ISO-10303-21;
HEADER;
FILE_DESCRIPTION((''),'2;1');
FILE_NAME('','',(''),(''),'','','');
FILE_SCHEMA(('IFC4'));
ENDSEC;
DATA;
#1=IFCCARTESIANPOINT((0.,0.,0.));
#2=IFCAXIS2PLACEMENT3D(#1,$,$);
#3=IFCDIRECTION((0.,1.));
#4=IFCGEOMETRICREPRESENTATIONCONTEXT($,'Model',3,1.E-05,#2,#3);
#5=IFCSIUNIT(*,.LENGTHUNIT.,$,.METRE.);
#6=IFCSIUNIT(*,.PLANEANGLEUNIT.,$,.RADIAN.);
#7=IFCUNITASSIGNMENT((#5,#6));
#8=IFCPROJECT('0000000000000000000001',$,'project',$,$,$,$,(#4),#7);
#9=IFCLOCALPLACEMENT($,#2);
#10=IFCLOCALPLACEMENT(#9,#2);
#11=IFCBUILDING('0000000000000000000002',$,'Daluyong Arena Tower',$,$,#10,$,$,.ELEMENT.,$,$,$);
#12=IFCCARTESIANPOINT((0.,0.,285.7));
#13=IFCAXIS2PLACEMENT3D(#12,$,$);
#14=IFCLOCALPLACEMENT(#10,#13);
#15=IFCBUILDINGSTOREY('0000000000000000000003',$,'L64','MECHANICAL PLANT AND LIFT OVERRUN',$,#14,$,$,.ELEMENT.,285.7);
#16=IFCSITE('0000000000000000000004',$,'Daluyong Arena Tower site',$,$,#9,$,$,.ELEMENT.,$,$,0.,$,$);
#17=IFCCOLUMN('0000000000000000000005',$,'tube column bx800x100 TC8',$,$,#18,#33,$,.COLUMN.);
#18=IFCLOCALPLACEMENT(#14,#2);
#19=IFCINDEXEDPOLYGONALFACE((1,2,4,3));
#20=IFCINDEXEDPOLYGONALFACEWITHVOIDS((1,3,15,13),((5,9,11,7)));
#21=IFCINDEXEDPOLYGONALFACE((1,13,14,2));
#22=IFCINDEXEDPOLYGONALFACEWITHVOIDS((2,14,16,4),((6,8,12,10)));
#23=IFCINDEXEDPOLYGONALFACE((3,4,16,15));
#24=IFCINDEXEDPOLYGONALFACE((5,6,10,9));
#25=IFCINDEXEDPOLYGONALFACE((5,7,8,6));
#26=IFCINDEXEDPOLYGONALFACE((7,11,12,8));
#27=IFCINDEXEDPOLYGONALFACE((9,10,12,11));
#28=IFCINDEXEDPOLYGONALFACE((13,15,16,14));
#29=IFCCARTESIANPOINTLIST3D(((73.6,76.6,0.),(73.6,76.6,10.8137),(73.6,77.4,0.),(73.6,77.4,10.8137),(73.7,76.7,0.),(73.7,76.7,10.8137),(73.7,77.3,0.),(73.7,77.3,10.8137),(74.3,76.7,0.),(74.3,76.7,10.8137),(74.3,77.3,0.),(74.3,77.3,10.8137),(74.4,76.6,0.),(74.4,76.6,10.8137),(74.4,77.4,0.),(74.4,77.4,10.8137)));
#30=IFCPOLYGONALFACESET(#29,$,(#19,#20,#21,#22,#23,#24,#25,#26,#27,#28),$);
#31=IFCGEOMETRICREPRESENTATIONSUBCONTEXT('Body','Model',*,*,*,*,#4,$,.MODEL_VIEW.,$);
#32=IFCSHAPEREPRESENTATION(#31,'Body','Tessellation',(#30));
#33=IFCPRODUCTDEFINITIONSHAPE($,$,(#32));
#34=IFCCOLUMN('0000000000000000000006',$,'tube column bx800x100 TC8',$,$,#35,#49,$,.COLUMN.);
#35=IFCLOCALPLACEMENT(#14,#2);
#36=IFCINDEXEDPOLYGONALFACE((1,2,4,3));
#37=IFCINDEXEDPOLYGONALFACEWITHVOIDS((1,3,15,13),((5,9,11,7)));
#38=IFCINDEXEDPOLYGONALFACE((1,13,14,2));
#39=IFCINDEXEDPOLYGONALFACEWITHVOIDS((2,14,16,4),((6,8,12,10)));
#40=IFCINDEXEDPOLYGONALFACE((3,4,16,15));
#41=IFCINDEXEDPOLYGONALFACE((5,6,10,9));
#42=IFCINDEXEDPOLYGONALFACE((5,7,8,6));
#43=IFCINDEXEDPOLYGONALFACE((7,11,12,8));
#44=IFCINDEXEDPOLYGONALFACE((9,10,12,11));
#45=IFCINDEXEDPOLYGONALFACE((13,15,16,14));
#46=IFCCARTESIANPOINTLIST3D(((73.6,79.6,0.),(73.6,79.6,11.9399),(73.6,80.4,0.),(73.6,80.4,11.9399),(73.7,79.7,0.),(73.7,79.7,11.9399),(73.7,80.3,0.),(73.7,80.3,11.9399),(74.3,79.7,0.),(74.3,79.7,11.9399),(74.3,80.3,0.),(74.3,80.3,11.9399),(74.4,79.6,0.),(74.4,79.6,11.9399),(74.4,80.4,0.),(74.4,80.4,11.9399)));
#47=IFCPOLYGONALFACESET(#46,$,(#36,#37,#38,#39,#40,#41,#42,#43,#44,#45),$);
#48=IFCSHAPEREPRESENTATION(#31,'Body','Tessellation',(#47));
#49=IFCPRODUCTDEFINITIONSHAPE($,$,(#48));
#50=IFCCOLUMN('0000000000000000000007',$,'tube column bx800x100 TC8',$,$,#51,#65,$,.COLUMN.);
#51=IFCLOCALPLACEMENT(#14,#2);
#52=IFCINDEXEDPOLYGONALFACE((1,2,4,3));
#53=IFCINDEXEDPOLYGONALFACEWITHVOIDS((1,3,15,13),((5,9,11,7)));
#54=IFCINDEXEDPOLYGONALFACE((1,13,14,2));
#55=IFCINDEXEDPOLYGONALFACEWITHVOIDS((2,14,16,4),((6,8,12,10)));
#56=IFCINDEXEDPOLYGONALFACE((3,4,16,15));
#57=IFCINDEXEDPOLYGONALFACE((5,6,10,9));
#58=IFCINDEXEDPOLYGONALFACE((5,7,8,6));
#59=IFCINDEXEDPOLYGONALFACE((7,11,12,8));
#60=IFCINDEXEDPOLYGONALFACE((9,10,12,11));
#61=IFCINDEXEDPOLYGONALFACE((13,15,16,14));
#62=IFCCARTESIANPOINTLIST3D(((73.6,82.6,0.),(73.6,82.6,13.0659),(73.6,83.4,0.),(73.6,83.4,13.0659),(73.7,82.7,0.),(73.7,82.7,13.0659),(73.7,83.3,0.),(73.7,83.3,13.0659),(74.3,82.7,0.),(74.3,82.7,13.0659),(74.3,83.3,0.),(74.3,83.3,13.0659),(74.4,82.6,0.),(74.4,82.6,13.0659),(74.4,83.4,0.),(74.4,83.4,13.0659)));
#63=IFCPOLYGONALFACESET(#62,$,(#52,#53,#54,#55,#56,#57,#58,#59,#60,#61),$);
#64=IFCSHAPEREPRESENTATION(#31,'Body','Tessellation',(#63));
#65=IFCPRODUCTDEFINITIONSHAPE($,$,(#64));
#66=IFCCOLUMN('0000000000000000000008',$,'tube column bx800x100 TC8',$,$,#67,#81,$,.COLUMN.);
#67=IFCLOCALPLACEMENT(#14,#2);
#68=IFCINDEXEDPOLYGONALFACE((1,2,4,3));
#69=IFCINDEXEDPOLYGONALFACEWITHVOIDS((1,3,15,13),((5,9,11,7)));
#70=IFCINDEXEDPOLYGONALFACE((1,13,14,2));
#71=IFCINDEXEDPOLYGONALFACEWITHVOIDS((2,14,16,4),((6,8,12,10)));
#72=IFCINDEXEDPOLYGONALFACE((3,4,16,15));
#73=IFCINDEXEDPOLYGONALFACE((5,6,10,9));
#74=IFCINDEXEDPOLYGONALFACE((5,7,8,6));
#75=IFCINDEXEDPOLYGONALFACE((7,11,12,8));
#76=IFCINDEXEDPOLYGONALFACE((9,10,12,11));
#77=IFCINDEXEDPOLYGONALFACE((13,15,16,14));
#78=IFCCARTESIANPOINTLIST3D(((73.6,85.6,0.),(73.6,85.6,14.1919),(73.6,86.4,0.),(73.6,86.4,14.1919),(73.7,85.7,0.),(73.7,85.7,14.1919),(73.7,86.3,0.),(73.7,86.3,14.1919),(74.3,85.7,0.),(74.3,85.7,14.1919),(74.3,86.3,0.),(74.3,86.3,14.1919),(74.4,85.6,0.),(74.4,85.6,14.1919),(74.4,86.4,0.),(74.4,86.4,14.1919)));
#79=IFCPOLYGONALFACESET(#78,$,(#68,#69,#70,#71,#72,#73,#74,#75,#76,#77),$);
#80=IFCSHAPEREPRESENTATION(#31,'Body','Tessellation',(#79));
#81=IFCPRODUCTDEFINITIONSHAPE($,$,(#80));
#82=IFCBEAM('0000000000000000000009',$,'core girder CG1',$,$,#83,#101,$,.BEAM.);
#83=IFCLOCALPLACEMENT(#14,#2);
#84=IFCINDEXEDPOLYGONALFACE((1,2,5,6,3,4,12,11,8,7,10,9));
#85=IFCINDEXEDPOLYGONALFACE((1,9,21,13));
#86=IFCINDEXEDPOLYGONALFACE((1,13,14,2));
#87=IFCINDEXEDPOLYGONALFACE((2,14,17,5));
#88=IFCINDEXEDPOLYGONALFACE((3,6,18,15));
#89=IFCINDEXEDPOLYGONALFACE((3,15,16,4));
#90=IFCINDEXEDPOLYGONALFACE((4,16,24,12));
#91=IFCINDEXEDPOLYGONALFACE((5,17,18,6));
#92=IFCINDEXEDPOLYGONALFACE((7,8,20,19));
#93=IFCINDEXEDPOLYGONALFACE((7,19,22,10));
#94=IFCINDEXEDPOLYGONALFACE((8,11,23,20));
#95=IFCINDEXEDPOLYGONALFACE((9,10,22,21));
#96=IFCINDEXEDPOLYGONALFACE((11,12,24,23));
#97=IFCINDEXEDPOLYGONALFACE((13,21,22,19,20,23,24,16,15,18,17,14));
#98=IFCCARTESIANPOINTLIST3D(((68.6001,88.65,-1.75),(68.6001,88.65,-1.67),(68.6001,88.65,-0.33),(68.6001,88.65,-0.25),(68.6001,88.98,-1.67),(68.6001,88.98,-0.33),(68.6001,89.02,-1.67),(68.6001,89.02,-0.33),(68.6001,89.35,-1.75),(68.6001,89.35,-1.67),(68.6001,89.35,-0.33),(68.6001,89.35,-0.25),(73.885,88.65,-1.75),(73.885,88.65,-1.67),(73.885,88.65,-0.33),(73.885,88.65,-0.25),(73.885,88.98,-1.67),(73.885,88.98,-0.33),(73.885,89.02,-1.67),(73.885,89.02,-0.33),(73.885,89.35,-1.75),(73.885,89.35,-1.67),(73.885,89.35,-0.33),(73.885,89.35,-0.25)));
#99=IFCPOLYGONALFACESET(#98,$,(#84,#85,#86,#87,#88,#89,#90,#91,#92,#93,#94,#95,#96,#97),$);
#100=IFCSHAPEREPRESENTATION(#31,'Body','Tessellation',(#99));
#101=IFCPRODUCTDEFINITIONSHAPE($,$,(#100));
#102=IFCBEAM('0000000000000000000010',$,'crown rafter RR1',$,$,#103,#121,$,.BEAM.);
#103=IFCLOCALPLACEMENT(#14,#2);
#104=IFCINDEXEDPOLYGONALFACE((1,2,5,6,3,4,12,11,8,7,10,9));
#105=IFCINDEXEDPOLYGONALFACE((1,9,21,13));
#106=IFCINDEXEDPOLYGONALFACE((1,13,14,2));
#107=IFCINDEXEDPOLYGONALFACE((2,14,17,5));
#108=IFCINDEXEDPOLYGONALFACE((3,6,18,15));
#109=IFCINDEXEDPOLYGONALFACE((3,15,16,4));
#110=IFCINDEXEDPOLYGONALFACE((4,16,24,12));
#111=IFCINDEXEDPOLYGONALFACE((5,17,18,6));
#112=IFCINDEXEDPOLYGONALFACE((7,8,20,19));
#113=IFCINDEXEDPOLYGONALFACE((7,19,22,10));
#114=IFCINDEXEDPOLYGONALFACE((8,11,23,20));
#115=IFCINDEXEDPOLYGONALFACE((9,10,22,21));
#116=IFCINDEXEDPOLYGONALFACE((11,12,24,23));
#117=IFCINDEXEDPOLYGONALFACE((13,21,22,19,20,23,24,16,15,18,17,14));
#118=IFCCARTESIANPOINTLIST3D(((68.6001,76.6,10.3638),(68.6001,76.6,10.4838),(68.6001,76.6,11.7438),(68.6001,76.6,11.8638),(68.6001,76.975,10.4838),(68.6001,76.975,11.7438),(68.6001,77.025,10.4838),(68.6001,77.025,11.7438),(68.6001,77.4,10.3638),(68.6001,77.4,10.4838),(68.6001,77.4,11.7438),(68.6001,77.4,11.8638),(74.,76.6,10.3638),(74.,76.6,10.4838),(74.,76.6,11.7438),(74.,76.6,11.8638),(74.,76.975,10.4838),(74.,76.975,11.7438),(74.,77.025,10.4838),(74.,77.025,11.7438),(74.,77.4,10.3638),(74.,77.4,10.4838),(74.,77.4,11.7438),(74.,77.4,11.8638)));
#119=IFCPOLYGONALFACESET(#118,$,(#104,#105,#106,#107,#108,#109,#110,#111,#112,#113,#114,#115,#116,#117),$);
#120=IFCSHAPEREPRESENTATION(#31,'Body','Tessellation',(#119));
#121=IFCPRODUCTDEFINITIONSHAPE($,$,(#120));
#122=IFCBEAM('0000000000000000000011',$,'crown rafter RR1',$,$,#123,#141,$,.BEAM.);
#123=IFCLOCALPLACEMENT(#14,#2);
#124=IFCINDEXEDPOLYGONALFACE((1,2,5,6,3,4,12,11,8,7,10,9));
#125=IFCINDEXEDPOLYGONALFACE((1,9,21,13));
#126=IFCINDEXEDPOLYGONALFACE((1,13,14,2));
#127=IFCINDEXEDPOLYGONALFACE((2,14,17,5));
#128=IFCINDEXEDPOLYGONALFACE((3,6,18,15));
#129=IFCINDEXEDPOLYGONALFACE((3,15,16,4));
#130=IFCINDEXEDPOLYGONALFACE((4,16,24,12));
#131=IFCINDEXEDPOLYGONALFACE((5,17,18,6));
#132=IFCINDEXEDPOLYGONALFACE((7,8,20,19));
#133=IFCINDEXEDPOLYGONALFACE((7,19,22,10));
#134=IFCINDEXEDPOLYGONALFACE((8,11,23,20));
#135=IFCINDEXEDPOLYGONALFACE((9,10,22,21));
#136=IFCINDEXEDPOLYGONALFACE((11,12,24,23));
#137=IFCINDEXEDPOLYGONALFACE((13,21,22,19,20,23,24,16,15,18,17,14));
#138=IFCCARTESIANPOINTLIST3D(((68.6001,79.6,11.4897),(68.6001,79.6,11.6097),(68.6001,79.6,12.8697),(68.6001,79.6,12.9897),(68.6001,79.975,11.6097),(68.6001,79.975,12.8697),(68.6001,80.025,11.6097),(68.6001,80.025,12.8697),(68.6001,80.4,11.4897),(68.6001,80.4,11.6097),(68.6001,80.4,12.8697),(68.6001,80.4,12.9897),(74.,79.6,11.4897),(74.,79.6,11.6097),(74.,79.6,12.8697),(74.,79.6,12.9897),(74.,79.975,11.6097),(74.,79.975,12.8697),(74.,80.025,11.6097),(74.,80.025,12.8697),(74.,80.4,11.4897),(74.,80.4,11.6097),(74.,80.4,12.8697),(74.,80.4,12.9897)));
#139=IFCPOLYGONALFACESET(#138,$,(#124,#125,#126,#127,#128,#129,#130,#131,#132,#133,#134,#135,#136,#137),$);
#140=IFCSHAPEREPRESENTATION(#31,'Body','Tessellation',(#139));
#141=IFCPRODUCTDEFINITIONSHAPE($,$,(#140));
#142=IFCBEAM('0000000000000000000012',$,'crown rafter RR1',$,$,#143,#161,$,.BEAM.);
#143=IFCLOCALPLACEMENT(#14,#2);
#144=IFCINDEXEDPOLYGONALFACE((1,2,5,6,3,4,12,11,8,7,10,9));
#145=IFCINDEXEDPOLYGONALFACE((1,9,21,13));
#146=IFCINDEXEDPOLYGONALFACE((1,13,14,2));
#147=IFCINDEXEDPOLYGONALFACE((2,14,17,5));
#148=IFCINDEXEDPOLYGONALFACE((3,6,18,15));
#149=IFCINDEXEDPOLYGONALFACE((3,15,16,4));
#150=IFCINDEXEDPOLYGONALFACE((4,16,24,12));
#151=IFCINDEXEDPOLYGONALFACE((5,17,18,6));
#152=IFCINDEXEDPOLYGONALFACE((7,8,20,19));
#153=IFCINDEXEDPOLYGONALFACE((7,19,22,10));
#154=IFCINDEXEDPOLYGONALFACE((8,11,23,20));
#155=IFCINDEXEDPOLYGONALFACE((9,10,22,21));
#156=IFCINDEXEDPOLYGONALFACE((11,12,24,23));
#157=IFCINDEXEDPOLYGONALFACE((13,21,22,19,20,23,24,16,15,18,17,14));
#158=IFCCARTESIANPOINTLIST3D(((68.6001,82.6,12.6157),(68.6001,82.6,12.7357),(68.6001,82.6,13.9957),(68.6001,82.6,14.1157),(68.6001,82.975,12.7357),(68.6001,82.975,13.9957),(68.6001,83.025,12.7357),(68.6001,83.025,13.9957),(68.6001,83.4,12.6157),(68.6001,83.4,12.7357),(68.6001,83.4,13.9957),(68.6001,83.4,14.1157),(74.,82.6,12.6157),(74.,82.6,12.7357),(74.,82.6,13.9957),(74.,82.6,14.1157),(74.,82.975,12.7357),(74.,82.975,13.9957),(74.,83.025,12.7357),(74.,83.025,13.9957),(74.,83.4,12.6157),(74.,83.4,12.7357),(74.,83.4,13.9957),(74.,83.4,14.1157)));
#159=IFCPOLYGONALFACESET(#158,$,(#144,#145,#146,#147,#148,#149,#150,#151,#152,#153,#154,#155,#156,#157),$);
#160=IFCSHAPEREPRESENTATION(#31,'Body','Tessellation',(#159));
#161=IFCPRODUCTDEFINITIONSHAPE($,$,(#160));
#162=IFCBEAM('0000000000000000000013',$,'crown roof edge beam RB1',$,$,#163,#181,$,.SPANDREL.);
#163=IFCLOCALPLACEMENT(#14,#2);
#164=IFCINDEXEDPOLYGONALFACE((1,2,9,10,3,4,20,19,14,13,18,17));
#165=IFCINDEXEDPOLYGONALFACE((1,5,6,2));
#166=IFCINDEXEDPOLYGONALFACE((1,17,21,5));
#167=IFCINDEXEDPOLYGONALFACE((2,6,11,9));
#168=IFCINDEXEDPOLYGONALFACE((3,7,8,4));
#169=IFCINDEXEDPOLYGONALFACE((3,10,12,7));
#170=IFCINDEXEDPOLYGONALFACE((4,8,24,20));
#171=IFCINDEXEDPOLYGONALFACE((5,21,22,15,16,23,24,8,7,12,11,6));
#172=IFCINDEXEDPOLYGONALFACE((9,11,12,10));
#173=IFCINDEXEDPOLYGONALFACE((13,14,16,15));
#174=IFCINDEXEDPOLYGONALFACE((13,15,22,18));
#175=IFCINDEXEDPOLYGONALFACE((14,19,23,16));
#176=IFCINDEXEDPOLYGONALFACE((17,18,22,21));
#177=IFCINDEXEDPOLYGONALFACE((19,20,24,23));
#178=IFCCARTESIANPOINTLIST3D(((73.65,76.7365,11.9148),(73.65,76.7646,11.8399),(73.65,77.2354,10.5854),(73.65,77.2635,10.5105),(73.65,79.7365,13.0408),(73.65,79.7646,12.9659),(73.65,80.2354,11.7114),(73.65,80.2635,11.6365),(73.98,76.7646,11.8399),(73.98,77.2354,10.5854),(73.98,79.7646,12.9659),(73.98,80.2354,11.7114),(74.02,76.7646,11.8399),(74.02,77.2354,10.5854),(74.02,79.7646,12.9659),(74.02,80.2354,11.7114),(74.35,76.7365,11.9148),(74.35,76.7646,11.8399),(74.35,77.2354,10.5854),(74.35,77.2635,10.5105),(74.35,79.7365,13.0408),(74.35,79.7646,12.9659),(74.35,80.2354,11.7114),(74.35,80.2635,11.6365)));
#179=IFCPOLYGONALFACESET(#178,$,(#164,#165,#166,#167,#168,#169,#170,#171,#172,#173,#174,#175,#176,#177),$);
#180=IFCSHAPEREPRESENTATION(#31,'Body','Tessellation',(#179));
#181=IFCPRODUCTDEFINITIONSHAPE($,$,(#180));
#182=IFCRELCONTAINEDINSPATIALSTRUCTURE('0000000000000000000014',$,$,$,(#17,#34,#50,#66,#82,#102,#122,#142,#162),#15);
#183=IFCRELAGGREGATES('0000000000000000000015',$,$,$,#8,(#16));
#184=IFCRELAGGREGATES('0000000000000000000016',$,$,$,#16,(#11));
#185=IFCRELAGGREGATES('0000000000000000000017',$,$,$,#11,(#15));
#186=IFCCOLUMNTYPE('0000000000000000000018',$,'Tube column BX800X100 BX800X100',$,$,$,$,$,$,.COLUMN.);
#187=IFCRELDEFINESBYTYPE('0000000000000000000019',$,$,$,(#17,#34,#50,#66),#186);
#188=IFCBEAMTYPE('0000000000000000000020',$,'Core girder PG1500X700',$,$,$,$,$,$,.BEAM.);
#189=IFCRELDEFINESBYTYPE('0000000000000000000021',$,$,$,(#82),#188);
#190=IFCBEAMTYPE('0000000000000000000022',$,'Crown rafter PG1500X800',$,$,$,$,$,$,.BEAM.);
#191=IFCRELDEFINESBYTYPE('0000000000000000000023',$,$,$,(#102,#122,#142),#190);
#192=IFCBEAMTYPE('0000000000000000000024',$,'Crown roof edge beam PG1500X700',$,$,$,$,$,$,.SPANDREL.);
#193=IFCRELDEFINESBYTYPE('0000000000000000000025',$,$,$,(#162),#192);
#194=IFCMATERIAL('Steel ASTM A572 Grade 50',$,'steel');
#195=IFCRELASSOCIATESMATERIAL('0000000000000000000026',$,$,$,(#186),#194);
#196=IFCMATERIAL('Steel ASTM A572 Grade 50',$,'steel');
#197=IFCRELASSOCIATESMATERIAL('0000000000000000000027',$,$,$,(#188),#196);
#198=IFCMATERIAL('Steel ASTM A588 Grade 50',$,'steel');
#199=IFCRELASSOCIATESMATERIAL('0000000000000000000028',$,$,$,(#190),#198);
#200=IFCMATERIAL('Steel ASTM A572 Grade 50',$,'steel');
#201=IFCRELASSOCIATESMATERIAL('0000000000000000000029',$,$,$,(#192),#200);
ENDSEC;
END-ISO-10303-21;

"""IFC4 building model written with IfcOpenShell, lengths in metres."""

from ifc_helpers import new_model, si_unit, direction, frame, origin, origin_2d, place, context, subcontext, project, spatial, hollow_rectangle, i_section, extrude, material, material_profile, profile_set, type_object, element, save


model = new_model("IFC4")

# Units and contexts
model_context = context("Model", 3, precision=1e-05, world=origin(), true_north=direction((0.0, 1.0)))
body_context = subcontext(model_context, "Body", "Model", "MODEL_VIEW")
ifc_project = project(units=[si_unit("LENGTHUNIT", "METRE"), si_unit("PLANEANGLEUNIT", "RADIAN")], contexts=[model_context])

# Site, building, storey
site_placement = place(None, origin())
site = spatial("IfcSite", under=ifc_project, at=site_placement, Name="Daluyong Arena Tower site", CompositionType="ELEMENT", RefElevation=0.0)
building_placement = place(site_placement, origin())
building = spatial("IfcBuilding", under=site, at=building_placement, Name="Daluyong Arena Tower", CompositionType="ELEMENT")
storey_placement = place(building_placement, frame((0.0, 0.0, 285.7)))
storey = spatial("IfcBuildingStorey", under=building, at=storey_placement, Name="L64", Description="MECHANICAL PLANT AND LIFT OVERRUN", CompositionType="ELEMENT", Elevation=285.7)

# Columns
ifc_material_1 = material(Name="Steel ASTM A572 Grade 50", Category="steel")
ifc_material_profile_1 = material_profile(ifc_material_1, hollow_rectangle(XDim=0.8, YDim=0.8, WallThickness=0.1, at=origin_2d()))
ifc_profile_set_1 = profile_set([ifc_material_profile_1], Name="Steel ASTM A572 Grade 50")
column_type = type_object("IfcColumnType", Name="Tube column BX800X100 BX800X100", PredefinedType="COLUMN", material=ifc_profile_set_1)
column_1_placement = place(storey_placement, frame((74.0, 77.0, 0.0), z_axis=(0.0, 0.0, 1.0), x_axis=(0.0, 1.0, 0.0)))
element("IfcColumn", 1, at=column_1_placement, inside=storey, type_object=column_type, Name="tube column bx800x100 TC8", PredefinedType="COLUMN", context=body_context, shape_type="SweptSolid", body=[
    extrude(hollow_rectangle(XDim=0.8, YDim=0.8, WallThickness=0.1, at=origin_2d()), origin(), (0.0, 0.0, 1.0), 10.8137),
])
column_2_placement = place(storey_placement, frame((74.0, 80.0, 0.0), z_axis=(0.0, 0.0, 1.0), x_axis=(0.0, 1.0, 0.0)))
element("IfcColumn", 2, at=column_2_placement, inside=storey, type_object=column_type, Name="tube column bx800x100 TC8", PredefinedType="COLUMN", context=body_context, shape_type="SweptSolid", body=[
    extrude(hollow_rectangle(XDim=0.8, YDim=0.8, WallThickness=0.1, at=origin_2d()), origin(), (0.0, 0.0, 1.0), 11.9399),
])
column_3_placement = place(storey_placement, frame((74.0, 83.0, 0.0), z_axis=(0.0, 0.0, 1.0), x_axis=(0.0, 1.0, 0.0)))
element("IfcColumn", 3, at=column_3_placement, inside=storey, type_object=column_type, Name="tube column bx800x100 TC8", PredefinedType="COLUMN", context=body_context, shape_type="SweptSolid", body=[
    extrude(hollow_rectangle(XDim=0.8, YDim=0.8, WallThickness=0.1, at=origin_2d()), origin(), (0.0, 0.0, 1.0), 13.0659),
])
column_4_placement = place(storey_placement, frame((74.0, 86.0, 0.0), z_axis=(0.0, 0.0, 1.0), x_axis=(0.0, 1.0, 0.0)))
element("IfcColumn", 4, at=column_4_placement, inside=storey, type_object=column_type, Name="tube column bx800x100 TC8", PredefinedType="COLUMN", context=body_context, shape_type="SweptSolid", body=[
    extrude(hollow_rectangle(XDim=0.8, YDim=0.8, WallThickness=0.1, at=origin_2d()), origin(), (0.0, 0.0, 1.0), 14.1919),
])

# Beams
ifc_material_2 = material(Name="Steel ASTM A572 Grade 50", Category="steel")
ifc_material_profile_2 = material_profile(ifc_material_2, i_section(OverallWidth=0.7, OverallDepth=1.5, WebThickness=0.04, FlangeThickness=0.08, at=origin_2d()))
ifc_profile_set_2 = profile_set([ifc_material_profile_2], Name="Steel ASTM A572 Grade 50")
beam_type_1 = type_object("IfcBeamType", Name="Core girder PG1500X700", PredefinedType="BEAM", material=ifc_profile_set_2)
beam_1_placement = place(storey_placement, frame((73.885, 89.0, -1.0), z_axis=(-1.0, 0.0, 0.0), x_axis=(0.0, -1.0, 0.0)))
element("IfcBeam", 5, at=beam_1_placement, inside=storey, type_object=beam_type_1, Name="core girder CG1", PredefinedType="BEAM", context=body_context, shape_type="SweptSolid", body=[
    extrude(i_section(OverallWidth=0.7, OverallDepth=1.5, WebThickness=0.04, FlangeThickness=0.08, at=origin_2d()), origin(), (0.0, 0.0, 1.0), 5.2849),
])
ifc_material_3 = material(Name="Steel ASTM A588 Grade 50", Category="steel")
ifc_material_profile_3 = material_profile(ifc_material_3, i_section(OverallWidth=0.8, OverallDepth=1.5, WebThickness=0.05, FlangeThickness=0.12, at=origin_2d()))
ifc_profile_set_3 = profile_set([ifc_material_profile_3], Name="Steel ASTM A588 Grade 50")
beam_type_2 = type_object("IfcBeamType", Name="Crown rafter PG1500X800", PredefinedType="BEAM", material=ifc_profile_set_3)
for number, where, z_axis, x_axis, name in (
    (6, (74.0, 77.0, 11.1138), (-1.0, 0.0, 0.0), (0.0, -1.0, 0.0), "crown rafter RR1"),
    (7, (74.0, 80.0, 12.2397), (-1.0, 0.0, 0.0), (0.0, -1.0, 0.0), "crown rafter RR1"),
    (8, (74.0, 83.0, 13.3657), (-1.0, 0.0, 0.0), (0.0, -1.0, 0.0), "crown rafter RR1"),
):
    element("IfcBeam", number, at=place(storey_placement, frame(where, z_axis=z_axis, x_axis=x_axis)), inside=storey, type_object=beam_type_2, Name=name, PredefinedType="BEAM", context=body_context, shape_type="SweptSolid", body=[
        extrude(i_section(OverallWidth=0.8, OverallDepth=1.5, WebThickness=0.05, FlangeThickness=0.12, at=origin_2d()), origin(), (0.0, 0.0, 1.0), 5.3999),
    ])
ifc_material_4 = material(Name="Steel ASTM A572 Grade 50", Category="steel")
ifc_material_profile_4 = material_profile(ifc_material_4, i_section(OverallWidth=0.7, OverallDepth=1.5, WebThickness=0.04, FlangeThickness=0.08, at=origin_2d()))
ifc_profile_set_4 = profile_set([ifc_material_profile_4], Name="Steel ASTM A572 Grade 50")
beam_type_3 = type_object("IfcBeamType", Name="Crown roof edge beam PG1500X700", PredefinedType="SPANDREL", material=ifc_profile_set_4)
for number, where, z_axis, x_axis, name in (
    (9, (74.0, 77.0, 11.2126), (0.0, 0.936229, 0.351391), (-1.0, 0.0, 0.0), "crown roof edge beam RB1"),
):
    element("IfcBeam", number, at=place(storey_placement, frame(where, z_axis=z_axis, x_axis=x_axis)), inside=storey, type_object=beam_type_3, Name=name, PredefinedType="SPANDREL", context=body_context, shape_type="SweptSolid", body=[
        extrude(i_section(OverallWidth=0.7, OverallDepth=1.5, WebThickness=0.04, FlangeThickness=0.08, at=origin_2d()), origin(), (0.0, 0.0, 1.0), 3.2043),
    ])

save(model, "model.ifc")
